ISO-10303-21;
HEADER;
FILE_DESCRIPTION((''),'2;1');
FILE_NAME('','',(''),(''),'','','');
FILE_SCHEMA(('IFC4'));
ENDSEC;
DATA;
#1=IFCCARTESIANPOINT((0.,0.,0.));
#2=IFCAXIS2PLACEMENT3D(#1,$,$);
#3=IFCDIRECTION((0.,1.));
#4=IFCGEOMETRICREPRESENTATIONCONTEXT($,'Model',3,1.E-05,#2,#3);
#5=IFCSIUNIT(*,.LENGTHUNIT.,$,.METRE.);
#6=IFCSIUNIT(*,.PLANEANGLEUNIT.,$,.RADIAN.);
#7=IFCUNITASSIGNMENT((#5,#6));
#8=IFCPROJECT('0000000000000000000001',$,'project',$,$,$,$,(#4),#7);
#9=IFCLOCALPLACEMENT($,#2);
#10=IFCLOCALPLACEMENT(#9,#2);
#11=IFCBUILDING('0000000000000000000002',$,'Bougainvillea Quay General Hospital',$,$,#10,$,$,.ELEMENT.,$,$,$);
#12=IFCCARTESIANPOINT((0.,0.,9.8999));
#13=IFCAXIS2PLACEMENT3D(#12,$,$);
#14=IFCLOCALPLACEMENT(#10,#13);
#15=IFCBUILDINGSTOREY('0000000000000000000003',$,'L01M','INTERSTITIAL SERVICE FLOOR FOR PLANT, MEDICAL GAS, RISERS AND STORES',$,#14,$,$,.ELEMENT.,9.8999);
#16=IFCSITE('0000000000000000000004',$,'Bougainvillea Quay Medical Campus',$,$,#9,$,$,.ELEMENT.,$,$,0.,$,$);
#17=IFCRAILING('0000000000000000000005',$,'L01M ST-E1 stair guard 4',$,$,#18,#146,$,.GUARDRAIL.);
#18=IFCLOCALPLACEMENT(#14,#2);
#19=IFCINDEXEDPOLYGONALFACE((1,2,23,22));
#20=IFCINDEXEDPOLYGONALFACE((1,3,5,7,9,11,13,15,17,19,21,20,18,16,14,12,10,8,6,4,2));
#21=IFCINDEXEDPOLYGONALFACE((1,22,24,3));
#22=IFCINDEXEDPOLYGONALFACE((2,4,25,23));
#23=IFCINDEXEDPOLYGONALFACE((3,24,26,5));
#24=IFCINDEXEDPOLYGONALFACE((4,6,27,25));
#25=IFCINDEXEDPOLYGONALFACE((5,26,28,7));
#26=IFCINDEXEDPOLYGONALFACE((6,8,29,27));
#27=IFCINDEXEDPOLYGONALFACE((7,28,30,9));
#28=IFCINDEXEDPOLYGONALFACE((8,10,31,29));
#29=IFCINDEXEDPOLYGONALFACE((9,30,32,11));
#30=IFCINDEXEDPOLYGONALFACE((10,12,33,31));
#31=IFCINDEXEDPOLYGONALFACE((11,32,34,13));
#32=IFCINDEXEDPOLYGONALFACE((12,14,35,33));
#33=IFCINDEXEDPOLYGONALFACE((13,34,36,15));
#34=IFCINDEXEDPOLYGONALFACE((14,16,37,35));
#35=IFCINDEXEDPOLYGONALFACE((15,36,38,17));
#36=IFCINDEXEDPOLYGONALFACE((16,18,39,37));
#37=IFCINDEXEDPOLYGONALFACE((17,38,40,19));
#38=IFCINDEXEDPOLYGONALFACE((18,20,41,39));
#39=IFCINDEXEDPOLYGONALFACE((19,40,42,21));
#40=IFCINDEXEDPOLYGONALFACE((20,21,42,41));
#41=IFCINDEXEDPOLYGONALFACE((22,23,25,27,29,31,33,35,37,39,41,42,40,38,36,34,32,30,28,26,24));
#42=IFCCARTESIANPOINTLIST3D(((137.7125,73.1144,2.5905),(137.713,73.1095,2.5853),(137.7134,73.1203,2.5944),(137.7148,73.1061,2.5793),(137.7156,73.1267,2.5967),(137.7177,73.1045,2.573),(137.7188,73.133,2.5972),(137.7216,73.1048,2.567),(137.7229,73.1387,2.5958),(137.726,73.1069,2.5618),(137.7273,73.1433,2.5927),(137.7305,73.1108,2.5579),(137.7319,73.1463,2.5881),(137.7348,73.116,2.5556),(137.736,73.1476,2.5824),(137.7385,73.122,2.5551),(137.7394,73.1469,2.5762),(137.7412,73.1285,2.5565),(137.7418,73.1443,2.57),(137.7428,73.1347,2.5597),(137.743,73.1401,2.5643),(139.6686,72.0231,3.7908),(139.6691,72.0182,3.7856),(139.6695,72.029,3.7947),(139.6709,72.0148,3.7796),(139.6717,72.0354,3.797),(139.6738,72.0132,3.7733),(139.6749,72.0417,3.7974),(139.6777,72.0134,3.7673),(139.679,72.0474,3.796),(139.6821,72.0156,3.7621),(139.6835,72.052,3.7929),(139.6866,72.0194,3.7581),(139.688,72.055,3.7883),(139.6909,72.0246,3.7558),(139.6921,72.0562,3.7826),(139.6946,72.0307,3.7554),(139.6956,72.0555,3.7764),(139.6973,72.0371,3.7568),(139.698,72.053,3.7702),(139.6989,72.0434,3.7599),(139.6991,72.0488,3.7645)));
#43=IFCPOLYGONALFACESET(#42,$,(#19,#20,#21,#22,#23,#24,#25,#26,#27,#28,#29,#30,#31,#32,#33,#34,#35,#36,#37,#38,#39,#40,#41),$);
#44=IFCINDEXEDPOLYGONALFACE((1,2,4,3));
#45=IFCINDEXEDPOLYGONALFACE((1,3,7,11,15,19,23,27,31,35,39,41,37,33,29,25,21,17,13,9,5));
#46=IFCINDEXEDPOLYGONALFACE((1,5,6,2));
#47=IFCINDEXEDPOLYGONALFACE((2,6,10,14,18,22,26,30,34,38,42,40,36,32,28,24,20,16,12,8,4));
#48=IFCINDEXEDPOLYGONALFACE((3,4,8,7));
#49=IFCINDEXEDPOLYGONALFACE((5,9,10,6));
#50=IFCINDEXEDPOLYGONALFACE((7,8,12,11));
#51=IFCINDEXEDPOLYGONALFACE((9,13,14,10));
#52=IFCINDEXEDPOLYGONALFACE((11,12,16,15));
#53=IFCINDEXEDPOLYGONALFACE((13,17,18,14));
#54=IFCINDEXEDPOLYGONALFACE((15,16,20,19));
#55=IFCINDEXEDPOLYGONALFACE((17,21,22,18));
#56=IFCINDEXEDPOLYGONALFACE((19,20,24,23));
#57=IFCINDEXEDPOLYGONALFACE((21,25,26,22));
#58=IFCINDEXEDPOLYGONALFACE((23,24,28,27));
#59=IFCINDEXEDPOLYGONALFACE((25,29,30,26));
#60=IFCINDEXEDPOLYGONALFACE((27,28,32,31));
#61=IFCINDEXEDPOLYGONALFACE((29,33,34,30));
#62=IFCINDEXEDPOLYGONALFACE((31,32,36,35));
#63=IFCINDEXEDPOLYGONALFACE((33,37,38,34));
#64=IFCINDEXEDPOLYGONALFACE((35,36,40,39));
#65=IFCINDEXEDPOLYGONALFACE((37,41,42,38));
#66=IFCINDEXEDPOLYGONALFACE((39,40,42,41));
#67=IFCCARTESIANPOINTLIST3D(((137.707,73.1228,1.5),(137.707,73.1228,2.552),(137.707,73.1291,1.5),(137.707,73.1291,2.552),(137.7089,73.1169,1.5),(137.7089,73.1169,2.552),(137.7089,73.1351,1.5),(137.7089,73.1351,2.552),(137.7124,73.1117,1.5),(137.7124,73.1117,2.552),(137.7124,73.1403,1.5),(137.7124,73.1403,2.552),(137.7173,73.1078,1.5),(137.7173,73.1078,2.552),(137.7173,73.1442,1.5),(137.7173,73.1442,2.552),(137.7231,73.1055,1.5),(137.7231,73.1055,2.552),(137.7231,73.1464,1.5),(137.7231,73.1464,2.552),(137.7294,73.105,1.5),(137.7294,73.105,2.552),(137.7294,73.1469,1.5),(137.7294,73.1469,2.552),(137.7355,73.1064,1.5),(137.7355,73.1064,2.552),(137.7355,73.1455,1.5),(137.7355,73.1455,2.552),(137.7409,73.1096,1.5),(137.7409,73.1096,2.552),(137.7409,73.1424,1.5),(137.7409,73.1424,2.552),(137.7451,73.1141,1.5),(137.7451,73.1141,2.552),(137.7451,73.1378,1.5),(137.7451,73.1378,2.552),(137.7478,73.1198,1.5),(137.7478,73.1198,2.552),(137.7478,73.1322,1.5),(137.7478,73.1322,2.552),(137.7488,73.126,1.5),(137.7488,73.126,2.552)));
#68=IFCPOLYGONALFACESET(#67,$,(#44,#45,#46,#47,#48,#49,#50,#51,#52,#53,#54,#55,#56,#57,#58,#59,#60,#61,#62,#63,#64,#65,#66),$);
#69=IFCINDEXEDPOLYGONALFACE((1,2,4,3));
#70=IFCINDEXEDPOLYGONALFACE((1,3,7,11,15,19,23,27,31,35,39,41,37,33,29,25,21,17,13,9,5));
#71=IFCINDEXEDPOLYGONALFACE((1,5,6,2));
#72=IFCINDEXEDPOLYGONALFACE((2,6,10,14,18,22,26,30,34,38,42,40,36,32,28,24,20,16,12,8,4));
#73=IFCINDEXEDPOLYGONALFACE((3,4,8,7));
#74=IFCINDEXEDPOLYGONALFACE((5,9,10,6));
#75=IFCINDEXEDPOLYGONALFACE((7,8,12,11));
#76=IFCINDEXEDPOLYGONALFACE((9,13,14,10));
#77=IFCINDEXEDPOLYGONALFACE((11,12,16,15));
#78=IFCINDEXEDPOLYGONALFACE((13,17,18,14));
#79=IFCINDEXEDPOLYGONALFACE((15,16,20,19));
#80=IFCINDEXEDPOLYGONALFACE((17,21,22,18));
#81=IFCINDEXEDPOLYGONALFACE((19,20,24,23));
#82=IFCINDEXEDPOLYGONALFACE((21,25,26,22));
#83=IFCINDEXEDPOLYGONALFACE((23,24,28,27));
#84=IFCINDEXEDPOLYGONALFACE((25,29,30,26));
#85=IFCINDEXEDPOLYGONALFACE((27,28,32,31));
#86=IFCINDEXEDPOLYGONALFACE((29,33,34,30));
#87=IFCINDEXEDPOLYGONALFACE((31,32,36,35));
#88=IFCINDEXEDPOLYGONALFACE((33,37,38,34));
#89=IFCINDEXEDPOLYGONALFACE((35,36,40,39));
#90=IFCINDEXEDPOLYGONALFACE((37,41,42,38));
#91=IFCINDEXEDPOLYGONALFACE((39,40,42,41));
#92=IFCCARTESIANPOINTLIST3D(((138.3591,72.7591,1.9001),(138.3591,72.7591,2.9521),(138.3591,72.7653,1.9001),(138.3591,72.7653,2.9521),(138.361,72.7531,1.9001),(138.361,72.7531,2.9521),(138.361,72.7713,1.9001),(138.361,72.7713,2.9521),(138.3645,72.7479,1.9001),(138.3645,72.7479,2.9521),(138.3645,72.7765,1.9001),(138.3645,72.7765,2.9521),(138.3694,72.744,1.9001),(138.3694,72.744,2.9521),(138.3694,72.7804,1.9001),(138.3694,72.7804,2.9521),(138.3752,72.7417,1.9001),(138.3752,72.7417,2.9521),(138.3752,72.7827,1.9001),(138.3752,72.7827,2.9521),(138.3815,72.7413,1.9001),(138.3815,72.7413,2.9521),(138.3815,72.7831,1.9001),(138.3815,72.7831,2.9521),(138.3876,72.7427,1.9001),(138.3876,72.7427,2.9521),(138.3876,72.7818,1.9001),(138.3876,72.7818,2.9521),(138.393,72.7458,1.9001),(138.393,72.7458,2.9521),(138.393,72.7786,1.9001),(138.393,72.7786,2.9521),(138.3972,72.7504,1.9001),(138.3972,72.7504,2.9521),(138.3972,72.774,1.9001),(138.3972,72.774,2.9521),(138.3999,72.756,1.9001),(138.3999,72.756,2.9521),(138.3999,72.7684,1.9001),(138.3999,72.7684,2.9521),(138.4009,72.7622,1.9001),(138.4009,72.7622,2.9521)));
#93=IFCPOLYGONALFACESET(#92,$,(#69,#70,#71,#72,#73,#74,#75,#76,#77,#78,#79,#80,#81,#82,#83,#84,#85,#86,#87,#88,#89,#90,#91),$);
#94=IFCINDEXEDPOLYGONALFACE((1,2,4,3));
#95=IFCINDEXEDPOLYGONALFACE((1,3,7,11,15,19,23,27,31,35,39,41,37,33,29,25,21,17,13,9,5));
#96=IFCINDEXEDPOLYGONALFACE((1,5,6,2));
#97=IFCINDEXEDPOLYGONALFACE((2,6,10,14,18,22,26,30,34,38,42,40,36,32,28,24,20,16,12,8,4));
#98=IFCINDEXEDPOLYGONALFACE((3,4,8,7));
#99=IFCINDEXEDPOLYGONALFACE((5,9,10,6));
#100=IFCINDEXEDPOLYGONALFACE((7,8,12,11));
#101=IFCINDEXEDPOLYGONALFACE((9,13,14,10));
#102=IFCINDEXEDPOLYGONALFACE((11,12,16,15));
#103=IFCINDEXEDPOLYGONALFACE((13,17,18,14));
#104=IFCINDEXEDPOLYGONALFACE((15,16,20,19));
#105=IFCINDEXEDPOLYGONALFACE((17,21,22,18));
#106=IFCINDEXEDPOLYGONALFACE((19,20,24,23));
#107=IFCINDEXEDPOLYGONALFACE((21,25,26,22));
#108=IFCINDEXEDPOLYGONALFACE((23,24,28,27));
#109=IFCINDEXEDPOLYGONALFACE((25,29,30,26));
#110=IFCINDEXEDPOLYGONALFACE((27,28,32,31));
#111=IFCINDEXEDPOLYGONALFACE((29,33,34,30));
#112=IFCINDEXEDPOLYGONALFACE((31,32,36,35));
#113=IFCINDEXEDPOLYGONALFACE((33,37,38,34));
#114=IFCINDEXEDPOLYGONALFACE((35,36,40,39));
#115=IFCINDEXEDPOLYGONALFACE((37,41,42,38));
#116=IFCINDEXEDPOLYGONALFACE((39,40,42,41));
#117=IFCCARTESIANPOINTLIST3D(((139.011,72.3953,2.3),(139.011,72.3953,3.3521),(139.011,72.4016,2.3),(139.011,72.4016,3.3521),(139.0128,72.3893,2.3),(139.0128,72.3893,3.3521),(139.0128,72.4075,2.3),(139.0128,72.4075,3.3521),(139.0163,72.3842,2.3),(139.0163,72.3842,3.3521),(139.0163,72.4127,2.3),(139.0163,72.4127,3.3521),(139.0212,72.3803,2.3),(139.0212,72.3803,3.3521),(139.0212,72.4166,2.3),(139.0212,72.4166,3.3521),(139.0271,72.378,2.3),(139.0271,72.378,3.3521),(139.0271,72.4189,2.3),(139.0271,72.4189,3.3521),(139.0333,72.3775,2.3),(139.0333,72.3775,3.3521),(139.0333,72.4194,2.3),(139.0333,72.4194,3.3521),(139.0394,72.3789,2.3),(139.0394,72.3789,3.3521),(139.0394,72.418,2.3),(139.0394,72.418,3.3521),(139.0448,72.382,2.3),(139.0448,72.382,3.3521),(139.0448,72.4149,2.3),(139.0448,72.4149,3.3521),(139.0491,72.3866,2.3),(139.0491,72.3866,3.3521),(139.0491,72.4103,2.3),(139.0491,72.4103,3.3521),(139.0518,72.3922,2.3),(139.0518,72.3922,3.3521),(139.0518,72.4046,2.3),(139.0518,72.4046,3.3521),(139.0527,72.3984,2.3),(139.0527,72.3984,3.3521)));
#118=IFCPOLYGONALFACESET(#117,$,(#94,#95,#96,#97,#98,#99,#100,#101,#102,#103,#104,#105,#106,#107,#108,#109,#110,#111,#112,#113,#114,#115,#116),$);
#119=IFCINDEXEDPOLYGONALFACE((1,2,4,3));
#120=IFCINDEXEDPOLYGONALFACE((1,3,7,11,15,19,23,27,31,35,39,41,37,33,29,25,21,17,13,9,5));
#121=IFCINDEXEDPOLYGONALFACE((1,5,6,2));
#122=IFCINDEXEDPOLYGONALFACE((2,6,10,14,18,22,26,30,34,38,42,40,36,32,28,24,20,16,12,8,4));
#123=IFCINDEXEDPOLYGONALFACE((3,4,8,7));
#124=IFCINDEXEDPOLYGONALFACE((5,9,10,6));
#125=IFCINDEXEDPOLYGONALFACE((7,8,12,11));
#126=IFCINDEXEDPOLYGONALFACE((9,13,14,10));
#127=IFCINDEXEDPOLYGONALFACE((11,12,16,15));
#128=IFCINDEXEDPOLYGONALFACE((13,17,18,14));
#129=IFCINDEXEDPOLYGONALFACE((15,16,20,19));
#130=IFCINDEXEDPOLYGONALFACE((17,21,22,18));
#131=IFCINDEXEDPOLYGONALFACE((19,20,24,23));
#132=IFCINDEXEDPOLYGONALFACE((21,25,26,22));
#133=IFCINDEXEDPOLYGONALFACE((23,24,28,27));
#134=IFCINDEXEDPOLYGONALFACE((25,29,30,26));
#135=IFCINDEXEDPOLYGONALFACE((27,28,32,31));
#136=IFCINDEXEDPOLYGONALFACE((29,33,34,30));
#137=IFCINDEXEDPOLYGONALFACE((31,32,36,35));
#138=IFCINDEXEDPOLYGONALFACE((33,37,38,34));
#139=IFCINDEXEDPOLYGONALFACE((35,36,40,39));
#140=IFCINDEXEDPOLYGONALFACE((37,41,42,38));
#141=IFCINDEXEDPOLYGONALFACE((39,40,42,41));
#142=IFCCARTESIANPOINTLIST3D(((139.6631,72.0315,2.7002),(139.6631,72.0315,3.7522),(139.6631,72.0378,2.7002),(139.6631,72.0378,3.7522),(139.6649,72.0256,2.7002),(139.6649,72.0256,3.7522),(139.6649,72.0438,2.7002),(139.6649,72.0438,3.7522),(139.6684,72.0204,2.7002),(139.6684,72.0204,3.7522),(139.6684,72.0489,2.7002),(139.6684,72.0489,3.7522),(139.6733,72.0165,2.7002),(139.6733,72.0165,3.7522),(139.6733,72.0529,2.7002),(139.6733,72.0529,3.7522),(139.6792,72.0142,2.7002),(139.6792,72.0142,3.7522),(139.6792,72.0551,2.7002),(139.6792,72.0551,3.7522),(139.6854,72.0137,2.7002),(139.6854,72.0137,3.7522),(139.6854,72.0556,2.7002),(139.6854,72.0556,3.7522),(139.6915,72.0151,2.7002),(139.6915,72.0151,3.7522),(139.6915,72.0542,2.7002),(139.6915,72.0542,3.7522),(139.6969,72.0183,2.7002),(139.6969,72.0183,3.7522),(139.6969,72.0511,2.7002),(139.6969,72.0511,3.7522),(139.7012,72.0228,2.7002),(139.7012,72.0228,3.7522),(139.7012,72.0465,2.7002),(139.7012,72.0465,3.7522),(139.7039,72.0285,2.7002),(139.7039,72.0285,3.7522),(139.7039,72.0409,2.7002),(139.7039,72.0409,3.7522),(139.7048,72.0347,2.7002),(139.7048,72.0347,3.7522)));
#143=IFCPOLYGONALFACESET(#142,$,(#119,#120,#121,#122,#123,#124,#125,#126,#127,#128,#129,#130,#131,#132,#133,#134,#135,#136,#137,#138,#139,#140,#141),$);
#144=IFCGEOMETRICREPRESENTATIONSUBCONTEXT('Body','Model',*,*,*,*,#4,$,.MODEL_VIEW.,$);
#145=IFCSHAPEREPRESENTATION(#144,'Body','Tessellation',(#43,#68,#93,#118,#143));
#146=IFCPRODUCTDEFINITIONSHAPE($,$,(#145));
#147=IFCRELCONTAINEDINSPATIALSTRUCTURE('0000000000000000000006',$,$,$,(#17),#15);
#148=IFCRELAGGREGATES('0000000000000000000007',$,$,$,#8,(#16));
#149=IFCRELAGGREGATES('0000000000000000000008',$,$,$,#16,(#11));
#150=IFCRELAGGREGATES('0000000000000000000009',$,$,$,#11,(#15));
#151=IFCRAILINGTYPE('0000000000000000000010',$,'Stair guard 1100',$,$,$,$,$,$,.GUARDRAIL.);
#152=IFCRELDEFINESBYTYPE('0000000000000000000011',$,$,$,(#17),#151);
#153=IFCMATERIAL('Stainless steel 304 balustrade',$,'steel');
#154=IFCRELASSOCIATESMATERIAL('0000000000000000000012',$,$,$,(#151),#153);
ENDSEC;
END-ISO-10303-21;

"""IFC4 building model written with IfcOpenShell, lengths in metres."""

from ifc_helpers import new_model, si_unit, direction, frame, origin, origin_2d, place, context, subcontext, project, spatial, circle, extrude, material, type_object, element, save


model = new_model("IFC4")

# Units and contexts
model_context = context("Model", 3, precision=1e-05, world=origin(), true_north=direction((0.0, 1.0)))
body_context = subcontext(model_context, "Body", "Model", "MODEL_VIEW")
ifc_project = project(units=[si_unit("LENGTHUNIT", "METRE"), si_unit("PLANEANGLEUNIT", "RADIAN")], contexts=[model_context])

# Site, building, storey
site_placement = place(None, origin())
site = spatial("IfcSite", under=ifc_project, at=site_placement, Name="Bougainvillea Quay Medical Campus", CompositionType="ELEMENT", RefElevation=0.0)
building_placement = place(site_placement, origin())
building = spatial("IfcBuilding", under=site, at=building_placement, Name="Bougainvillea Quay General Hospital", CompositionType="ELEMENT")
storey_placement = place(building_placement, frame((0.0, 0.0, 9.8999)))
storey = spatial("IfcBuildingStorey", under=building, at=storey_placement, Name="L01M", Description="INTERSTITIAL SERVICE FLOOR FOR PLANT, MEDICAL GAS, RISERS AND STORES", CompositionType="ELEMENT", Elevation=9.8999)

# Railing
ifc_material_1 = material(Name="Stainless steel 304 balustrade", Category="steel")
railing_type = type_object("IfcRailingType", Name="Stair guard 1100", PredefinedType="GUARDRAIL", material=ifc_material_1)
railing_1_placement = place(storey_placement, frame((137.7278, 73.126, 1.5)))
element("IfcRailing", 1, at=railing_1_placement, inside=storey, type_object=railing_type, Name="L01M ST-E1 stair guard 4", PredefinedType="GUARDRAIL", context=body_context, shape_type="SweptSolid", body=[
    extrude(circle(Radius=0.0239, at=origin_2d()), frame((0.0, 0.0, 1.0762), z_axis=(0.769744, -0.42945, 0.472299), x_axis=(0.487215, 0.873282, 0.0)), (0.0, 0.0, 1.0), 2.5413),
    extrude(circle(Radius=0.021, at=origin_2d()), origin(), (0.0, 0.0, 1.0), 1.052),
    extrude(circle(Radius=0.021, at=origin_2d()), frame((0.6521, -0.3638, 0.4001)), (0.0, 0.0, 1.0), 1.052),
    extrude(circle(Radius=0.021, at=origin_2d()), frame((1.304, -0.7275, 0.8)), (0.0, 0.0, 1.0), 1.052),
    extrude(circle(Radius=0.021, at=origin_2d()), frame((1.9561, -1.0913, 1.2002)), (0.0, 0.0, 1.0), 1.052),
])

save(model, "model.ifc")
